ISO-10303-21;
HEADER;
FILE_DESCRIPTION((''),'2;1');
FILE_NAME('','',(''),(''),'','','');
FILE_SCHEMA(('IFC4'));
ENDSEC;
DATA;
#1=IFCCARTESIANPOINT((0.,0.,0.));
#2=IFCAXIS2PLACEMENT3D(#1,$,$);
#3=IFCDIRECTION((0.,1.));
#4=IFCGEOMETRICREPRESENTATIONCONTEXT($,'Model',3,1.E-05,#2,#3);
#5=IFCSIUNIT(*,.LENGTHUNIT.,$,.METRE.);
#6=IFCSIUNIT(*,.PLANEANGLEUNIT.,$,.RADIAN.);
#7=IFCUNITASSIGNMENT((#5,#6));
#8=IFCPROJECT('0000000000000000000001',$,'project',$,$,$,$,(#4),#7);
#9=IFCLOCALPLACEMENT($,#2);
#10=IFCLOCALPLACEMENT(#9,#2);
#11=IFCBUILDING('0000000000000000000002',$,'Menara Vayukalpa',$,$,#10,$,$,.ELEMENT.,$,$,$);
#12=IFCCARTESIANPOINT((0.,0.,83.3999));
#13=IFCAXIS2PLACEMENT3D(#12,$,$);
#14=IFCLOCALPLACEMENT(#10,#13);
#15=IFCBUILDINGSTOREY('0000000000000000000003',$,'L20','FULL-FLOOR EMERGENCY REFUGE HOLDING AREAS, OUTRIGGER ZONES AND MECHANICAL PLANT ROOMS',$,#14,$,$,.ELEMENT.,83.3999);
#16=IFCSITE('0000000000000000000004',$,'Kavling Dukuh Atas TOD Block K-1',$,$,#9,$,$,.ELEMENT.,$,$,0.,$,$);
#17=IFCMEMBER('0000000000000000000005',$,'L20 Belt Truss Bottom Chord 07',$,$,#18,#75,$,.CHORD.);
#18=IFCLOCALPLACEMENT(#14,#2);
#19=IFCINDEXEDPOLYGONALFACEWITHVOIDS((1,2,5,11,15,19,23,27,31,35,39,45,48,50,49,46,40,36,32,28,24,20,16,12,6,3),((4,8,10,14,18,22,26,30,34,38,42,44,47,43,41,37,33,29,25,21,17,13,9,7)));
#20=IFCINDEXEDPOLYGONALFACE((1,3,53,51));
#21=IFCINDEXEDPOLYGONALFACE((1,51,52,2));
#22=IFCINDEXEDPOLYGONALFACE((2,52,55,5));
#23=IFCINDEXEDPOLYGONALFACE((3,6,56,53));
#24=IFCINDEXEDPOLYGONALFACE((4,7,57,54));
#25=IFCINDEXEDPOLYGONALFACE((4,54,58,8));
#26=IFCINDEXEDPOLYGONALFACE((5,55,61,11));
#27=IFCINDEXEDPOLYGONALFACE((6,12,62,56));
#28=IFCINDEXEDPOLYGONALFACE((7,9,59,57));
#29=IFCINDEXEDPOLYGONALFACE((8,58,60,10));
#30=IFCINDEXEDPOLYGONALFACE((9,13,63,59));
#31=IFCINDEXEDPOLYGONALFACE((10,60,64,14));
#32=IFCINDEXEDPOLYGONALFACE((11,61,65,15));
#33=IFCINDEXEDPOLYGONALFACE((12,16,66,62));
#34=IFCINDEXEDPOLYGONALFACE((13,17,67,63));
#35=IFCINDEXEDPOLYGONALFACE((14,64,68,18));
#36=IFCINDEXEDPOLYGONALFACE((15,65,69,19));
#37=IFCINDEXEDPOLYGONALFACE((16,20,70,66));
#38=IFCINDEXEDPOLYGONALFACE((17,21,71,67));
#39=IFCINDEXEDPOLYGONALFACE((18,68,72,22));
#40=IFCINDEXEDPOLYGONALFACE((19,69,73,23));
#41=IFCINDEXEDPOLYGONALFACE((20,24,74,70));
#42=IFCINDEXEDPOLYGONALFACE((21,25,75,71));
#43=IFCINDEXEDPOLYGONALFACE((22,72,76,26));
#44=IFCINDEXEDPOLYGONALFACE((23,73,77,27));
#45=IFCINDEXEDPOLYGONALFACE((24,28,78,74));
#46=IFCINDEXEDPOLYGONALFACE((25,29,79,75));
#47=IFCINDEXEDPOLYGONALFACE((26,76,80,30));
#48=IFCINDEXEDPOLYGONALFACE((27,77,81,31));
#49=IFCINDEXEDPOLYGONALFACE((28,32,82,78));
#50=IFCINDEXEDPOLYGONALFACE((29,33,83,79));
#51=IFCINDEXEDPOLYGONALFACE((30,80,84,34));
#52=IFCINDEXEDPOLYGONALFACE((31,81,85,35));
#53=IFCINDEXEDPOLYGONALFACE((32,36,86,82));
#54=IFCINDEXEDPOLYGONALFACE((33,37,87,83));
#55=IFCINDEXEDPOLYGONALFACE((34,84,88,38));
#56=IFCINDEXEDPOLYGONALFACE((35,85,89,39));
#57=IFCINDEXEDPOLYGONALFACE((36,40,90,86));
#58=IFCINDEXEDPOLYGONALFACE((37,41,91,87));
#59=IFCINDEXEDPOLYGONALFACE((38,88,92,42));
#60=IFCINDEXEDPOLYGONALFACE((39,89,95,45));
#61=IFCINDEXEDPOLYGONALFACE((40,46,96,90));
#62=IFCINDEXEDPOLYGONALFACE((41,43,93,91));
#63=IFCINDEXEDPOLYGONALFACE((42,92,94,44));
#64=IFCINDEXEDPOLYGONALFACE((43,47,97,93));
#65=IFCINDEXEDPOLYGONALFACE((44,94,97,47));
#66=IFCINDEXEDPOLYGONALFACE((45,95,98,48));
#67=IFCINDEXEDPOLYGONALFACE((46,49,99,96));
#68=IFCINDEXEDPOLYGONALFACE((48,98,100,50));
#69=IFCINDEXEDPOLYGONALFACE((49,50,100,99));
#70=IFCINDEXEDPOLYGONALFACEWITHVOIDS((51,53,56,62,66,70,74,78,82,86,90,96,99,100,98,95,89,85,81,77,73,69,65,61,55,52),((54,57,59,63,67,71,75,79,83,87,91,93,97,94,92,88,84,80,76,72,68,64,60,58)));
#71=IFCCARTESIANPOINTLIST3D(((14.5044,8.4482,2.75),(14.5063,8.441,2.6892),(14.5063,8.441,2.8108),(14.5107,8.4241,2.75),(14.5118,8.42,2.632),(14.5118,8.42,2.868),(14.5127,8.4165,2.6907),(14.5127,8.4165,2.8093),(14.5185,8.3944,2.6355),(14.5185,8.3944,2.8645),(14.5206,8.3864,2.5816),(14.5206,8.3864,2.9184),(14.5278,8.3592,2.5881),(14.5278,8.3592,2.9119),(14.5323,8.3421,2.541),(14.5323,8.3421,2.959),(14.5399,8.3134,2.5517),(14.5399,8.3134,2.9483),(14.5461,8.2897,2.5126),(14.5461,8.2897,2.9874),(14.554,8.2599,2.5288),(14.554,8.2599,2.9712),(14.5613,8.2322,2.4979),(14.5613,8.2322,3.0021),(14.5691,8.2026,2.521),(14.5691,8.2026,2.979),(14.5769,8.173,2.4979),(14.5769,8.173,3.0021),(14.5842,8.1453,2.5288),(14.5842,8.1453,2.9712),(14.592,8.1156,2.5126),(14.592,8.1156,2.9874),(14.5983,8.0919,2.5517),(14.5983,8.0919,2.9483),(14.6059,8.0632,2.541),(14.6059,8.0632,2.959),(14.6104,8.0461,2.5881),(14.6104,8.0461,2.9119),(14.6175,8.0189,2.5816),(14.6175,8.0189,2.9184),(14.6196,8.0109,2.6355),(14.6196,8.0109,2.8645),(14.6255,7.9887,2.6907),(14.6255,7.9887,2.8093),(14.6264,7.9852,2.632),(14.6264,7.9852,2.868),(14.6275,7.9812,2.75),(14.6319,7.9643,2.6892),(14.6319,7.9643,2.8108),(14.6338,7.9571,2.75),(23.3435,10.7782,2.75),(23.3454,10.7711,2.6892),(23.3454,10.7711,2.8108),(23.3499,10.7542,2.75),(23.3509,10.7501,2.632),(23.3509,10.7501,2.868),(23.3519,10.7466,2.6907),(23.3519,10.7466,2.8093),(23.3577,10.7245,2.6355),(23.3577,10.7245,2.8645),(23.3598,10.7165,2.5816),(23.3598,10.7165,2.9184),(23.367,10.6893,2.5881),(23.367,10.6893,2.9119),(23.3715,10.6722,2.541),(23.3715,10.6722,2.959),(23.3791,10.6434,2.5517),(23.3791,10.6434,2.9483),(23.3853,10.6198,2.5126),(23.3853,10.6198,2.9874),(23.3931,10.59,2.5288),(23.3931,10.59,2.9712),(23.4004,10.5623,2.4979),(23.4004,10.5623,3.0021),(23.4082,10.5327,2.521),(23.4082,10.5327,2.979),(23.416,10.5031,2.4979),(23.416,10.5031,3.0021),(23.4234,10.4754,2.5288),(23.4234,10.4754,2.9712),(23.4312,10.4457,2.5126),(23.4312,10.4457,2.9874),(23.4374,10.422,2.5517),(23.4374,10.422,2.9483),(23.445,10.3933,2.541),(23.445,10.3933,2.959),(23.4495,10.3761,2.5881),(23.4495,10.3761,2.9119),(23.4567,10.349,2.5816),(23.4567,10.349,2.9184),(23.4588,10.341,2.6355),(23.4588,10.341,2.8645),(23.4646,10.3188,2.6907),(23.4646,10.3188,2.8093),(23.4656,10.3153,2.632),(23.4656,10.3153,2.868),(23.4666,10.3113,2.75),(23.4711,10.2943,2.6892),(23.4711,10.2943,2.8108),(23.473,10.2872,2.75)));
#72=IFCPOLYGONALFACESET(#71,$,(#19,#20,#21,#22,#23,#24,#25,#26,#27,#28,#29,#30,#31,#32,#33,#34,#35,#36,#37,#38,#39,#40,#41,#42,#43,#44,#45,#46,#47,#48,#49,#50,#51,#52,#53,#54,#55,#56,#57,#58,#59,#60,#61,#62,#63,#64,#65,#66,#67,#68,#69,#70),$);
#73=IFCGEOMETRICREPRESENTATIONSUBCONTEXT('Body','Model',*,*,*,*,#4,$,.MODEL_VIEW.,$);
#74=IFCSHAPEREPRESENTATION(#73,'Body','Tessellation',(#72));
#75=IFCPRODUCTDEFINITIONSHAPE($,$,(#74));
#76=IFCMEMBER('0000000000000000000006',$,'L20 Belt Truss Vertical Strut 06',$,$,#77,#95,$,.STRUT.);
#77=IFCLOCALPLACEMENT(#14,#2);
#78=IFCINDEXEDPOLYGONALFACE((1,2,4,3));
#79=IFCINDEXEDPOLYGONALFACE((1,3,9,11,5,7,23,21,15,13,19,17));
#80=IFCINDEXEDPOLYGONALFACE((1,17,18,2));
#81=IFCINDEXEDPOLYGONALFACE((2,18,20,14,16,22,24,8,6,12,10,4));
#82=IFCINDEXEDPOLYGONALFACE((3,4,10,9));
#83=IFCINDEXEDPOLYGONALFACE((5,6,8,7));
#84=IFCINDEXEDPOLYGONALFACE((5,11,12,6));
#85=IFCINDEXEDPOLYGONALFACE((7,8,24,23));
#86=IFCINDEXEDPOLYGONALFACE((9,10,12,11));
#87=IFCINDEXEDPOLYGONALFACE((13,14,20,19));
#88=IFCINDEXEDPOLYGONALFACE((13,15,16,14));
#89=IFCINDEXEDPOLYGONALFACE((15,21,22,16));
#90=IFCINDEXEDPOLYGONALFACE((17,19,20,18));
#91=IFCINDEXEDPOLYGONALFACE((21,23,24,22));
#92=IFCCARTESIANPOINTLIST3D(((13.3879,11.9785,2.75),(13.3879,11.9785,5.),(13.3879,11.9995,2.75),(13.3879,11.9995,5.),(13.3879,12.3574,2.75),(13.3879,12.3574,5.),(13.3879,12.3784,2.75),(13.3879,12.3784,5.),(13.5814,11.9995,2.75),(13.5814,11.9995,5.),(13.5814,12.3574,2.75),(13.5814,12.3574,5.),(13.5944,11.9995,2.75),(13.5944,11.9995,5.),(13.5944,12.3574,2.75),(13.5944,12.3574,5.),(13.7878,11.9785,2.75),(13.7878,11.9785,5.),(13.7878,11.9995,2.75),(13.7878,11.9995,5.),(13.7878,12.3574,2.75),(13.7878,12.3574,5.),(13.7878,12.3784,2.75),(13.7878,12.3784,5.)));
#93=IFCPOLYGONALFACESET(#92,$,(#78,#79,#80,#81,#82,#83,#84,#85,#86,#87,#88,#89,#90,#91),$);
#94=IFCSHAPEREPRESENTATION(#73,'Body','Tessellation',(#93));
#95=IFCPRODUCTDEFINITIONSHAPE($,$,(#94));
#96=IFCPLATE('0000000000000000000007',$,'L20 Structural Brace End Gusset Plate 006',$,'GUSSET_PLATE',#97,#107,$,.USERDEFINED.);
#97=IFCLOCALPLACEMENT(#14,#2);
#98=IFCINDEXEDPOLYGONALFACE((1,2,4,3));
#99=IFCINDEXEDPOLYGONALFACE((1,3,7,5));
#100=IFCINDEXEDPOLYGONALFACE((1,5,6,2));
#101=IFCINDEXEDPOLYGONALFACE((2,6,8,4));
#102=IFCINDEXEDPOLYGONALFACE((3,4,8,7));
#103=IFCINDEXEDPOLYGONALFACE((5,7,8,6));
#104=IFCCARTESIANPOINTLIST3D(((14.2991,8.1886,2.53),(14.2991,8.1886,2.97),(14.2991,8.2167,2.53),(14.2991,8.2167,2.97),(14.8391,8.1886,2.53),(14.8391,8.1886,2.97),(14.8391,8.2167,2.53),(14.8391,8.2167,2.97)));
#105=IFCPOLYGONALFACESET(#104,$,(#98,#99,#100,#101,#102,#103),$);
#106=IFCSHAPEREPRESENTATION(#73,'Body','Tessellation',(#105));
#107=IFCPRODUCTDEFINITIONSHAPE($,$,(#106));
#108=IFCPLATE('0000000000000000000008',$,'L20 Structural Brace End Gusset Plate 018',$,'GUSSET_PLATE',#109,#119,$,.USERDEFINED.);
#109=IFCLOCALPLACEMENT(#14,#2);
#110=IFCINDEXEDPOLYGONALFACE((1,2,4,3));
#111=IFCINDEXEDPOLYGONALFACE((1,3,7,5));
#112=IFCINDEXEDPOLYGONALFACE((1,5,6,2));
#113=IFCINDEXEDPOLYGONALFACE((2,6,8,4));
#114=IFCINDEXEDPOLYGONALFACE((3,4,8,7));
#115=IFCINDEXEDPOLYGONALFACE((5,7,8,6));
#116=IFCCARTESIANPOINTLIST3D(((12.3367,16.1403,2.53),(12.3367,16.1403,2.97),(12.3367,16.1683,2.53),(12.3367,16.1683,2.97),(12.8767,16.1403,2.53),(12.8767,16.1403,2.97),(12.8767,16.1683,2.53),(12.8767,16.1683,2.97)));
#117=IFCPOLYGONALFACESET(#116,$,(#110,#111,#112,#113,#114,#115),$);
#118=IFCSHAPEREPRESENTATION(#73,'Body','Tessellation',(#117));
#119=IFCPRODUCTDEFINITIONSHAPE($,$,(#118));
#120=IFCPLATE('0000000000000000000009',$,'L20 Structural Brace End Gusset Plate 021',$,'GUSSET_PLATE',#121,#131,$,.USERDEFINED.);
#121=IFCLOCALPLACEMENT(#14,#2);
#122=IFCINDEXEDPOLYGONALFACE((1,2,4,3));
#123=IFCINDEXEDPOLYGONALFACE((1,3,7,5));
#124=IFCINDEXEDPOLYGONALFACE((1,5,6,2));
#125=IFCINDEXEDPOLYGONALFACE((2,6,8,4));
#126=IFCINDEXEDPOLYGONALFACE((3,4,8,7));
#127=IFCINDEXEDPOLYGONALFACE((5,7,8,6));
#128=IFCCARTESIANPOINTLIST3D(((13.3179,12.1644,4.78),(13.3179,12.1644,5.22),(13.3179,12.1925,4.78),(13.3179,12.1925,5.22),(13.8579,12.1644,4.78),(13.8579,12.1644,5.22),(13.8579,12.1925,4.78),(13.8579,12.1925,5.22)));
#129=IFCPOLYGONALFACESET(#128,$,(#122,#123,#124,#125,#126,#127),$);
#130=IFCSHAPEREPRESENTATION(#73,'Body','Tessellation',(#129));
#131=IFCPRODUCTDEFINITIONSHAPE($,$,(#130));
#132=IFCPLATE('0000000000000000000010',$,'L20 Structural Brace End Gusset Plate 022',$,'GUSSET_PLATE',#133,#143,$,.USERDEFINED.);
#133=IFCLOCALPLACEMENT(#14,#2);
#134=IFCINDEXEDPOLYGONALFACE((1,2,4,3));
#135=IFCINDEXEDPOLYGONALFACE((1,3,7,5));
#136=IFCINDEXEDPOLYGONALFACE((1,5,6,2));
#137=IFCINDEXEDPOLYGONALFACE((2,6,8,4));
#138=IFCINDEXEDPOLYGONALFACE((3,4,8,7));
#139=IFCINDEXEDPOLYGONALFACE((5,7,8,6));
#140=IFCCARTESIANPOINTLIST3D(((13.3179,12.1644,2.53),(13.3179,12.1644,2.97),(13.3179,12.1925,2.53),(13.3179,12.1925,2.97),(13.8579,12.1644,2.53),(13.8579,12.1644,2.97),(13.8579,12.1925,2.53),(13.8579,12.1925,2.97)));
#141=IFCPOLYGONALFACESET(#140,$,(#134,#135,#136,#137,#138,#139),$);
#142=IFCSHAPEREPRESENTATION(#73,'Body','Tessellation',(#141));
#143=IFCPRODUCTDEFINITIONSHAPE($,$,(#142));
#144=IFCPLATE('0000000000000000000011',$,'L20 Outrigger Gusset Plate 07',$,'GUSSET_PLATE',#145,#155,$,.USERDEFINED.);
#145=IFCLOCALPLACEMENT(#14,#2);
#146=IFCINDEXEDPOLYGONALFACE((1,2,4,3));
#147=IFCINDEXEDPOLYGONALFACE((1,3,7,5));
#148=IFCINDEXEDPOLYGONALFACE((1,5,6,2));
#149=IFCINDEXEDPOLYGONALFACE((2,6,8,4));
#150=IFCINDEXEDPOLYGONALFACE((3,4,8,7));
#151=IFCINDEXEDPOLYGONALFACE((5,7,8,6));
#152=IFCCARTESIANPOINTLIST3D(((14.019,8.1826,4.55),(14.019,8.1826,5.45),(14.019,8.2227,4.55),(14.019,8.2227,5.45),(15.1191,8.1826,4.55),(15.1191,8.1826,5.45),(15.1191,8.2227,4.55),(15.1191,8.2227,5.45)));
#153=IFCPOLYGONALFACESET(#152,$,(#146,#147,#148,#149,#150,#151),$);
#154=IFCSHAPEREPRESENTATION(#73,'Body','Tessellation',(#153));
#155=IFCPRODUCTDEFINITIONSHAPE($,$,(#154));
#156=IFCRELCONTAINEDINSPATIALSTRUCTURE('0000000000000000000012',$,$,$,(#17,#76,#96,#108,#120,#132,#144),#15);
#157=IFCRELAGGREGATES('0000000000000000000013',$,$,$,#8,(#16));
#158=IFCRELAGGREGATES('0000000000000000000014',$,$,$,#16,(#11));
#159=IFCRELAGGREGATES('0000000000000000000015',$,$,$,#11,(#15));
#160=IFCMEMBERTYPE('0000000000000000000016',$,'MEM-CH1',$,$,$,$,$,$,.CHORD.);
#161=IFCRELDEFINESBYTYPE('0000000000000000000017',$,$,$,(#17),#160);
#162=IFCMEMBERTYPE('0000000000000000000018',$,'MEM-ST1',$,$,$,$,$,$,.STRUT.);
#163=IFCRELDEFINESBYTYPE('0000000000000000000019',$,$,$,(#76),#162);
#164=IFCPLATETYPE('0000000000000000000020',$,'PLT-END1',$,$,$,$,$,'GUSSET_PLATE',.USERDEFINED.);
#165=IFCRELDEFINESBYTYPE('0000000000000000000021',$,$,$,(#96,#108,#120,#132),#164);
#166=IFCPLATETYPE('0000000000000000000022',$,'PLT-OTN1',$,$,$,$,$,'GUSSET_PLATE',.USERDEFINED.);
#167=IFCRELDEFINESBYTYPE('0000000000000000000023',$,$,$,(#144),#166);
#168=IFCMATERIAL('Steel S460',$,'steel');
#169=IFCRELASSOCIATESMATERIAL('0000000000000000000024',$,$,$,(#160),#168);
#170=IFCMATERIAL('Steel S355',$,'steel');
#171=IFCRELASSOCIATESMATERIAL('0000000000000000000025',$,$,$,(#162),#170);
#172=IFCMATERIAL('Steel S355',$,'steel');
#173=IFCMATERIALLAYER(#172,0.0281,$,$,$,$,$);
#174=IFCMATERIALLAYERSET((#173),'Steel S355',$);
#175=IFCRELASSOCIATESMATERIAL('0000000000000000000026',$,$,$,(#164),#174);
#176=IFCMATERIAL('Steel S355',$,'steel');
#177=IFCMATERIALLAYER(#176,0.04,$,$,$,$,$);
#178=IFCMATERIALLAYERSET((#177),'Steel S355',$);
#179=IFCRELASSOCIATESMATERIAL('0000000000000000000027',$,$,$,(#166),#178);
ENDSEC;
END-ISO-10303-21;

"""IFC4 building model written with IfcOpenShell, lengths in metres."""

from ifc_helpers import new_model, si_unit, direction, frame, origin, origin_2d, place, context, subcontext, project, spatial, rectangle, hollow_circle, i_section, extrude, material, layer, layer_set, material_profile, profile_set, type_object, element, save


model = new_model("IFC4")

# Units and contexts
model_context = context("Model", 3, precision=1e-05, world=origin(), true_north=direction((0.0, 1.0)))
body_context = subcontext(model_context, "Body", "Model", "MODEL_VIEW")
ifc_project = project(units=[si_unit("LENGTHUNIT", "METRE"), si_unit("PLANEANGLEUNIT", "RADIAN")], contexts=[model_context])

# Site, building, storey
site_placement = place(None, origin())
site = spatial("IfcSite", under=ifc_project, at=site_placement, Name="Kavling Dukuh Atas TOD Block K-1", CompositionType="ELEMENT", RefElevation=0.0)
building_placement = place(site_placement, origin())
building = spatial("IfcBuilding", under=site, at=building_placement, Name="Menara Vayukalpa", CompositionType="ELEMENT")
storey_placement = place(building_placement, frame((0.0, 0.0, 83.3999)))
storey = spatial("IfcBuildingStorey", under=building, at=storey_placement, Name="L20", Description="FULL-FLOOR EMERGENCY REFUGE HOLDING AREAS, OUTRIGGER ZONES AND MECHANICAL PLANT ROOMS", CompositionType="ELEMENT", Elevation=83.3999)

# Members
ifc_material_1 = material(Name="Steel S460", Category="steel")
ifc_material_profile_1 = material_profile(ifc_material_1, hollow_circle(Radius=0.2539, WallThickness=0.0249, at=origin_2d()), Name="CHS 508.0x25")
ifc_profile_set_1 = profile_set([ifc_material_profile_1], Name="Steel S460")
member_type_1 = type_object("IfcMemberType", Name="MEM-CH1", PredefinedType="CHORD", material=ifc_profile_set_1)
member_1_placement = place(storey_placement, frame((14.5691, 8.2026, 2.75), z_axis=(0.966967, 0.254902, 0.0), x_axis=(-0.254902, 0.966967, 0.0)))
element("IfcMember", 1, at=member_1_placement, inside=storey, type_object=member_type_1, Name="L20 Belt Truss Bottom Chord 07", PredefinedType="CHORD", context=body_context, shape_type="SweptSolid", body=[
    extrude(hollow_circle(Radius=0.2539, WallThickness=0.0249, at=origin_2d()), origin(), (0.0, 0.0, 1.0), 9.1411),
])
ifc_material_2 = material(Name="Steel S355", Category="steel")
ifc_material_profile_2 = material_profile(ifc_material_2, i_section(OverallWidth=0.3999, OverallDepth=0.3999, WebThickness=0.0129, FlangeThickness=0.021, at=origin_2d()), Name="H 400x400x13x21")
ifc_profile_set_2 = profile_set([ifc_material_profile_2], Name="Steel S355")
member_type_2 = type_object("IfcMemberType", Name="MEM-ST1", PredefinedType="STRUT", material=ifc_profile_set_2)
member_2_placement = place(storey_placement, frame((13.5879, 12.1785, 2.75), z_axis=(0.0, 0.0, 1.0), x_axis=(1.0, 0.0, 0.0)))
element("IfcMember", 2, at=member_2_placement, inside=storey, type_object=member_type_2, Name="L20 Belt Truss Vertical Strut 06", PredefinedType="STRUT", context=body_context, shape_type="SweptSolid", body=[
    extrude(i_section(OverallWidth=0.3999, OverallDepth=0.3999, WebThickness=0.0129, FlangeThickness=0.021, at=origin_2d()), origin(), (0.0, 0.0, 1.0), 2.25),
])

# Plates
ifc_material_3 = material(Name="Steel S355", Category="steel")
ifc_layer_1 = layer(ifc_material_3, 0.0281)
ifc_layer_set_1 = layer_set([ifc_layer_1], Name="Steel S355")
plate_type_1 = type_object("IfcPlateType", Name="PLT-END1", ElementType="GUSSET_PLATE", PredefinedType="USERDEFINED", material=ifc_layer_set_1)
for number, where, z_axis, x_axis, name in (
    (3, (14.5691, 8.2026, 2.53), (0.0, 0.0, 1.0), (1.0, 0.0, 0.0), "L20 Structural Brace End Gusset Plate 006"),
    (4, (12.6067, 16.1543, 2.53), (0.0, 0.0, 1.0), (1.0, 0.0, 0.0), "L20 Structural Brace End Gusset Plate 018"),
    (5, (13.5879, 12.1785, 4.78), (0.0, 0.0, 1.0), (1.0, 0.0, 0.0), "L20 Structural Brace End Gusset Plate 021"),
    (6, (13.5879, 12.1785, 2.53), (0.0, 0.0, 1.0), (1.0, 0.0, 0.0), "L20 Structural Brace End Gusset Plate 022"),
):
    element("IfcPlate", number, at=place(storey_placement, frame(where, z_axis=z_axis, x_axis=x_axis)), inside=storey, type_object=plate_type_1, Name=name, ObjectType="GUSSET_PLATE", PredefinedType="USERDEFINED", context=body_context, shape_type="SweptSolid", body=[
        extrude(rectangle(XDim=0.54, YDim=0.0281, at=origin_2d()), origin(), (0.0, 0.0, 1.0), 0.4399),
    ])
ifc_material_4 = material(Name="Steel S355", Category="steel")
ifc_layer_2 = layer(ifc_material_4, 0.04)
ifc_layer_set_2 = layer_set([ifc_layer_2], Name="Steel S355")
plate_type_2 = type_object("IfcPlateType", Name="PLT-OTN1", ElementType="GUSSET_PLATE", PredefinedType="USERDEFINED", material=ifc_layer_set_2)
plate_placement = place(storey_placement, frame((14.5691, 8.2026, 4.55), z_axis=(0.0, 0.0, 1.0), x_axis=(1.0, 0.0, 0.0)))
element("IfcPlate", 7, at=plate_placement, inside=storey, type_object=plate_type_2, Name="L20 Outrigger Gusset Plate 07", ObjectType="GUSSET_PLATE", PredefinedType="USERDEFINED", context=body_context, shape_type="SweptSolid", body=[
    extrude(rectangle(XDim=1.1001, YDim=0.04, at=origin_2d()), origin(), (0.0, 0.0, 1.0), 0.8999),
])

save(model, "model.ifc")
